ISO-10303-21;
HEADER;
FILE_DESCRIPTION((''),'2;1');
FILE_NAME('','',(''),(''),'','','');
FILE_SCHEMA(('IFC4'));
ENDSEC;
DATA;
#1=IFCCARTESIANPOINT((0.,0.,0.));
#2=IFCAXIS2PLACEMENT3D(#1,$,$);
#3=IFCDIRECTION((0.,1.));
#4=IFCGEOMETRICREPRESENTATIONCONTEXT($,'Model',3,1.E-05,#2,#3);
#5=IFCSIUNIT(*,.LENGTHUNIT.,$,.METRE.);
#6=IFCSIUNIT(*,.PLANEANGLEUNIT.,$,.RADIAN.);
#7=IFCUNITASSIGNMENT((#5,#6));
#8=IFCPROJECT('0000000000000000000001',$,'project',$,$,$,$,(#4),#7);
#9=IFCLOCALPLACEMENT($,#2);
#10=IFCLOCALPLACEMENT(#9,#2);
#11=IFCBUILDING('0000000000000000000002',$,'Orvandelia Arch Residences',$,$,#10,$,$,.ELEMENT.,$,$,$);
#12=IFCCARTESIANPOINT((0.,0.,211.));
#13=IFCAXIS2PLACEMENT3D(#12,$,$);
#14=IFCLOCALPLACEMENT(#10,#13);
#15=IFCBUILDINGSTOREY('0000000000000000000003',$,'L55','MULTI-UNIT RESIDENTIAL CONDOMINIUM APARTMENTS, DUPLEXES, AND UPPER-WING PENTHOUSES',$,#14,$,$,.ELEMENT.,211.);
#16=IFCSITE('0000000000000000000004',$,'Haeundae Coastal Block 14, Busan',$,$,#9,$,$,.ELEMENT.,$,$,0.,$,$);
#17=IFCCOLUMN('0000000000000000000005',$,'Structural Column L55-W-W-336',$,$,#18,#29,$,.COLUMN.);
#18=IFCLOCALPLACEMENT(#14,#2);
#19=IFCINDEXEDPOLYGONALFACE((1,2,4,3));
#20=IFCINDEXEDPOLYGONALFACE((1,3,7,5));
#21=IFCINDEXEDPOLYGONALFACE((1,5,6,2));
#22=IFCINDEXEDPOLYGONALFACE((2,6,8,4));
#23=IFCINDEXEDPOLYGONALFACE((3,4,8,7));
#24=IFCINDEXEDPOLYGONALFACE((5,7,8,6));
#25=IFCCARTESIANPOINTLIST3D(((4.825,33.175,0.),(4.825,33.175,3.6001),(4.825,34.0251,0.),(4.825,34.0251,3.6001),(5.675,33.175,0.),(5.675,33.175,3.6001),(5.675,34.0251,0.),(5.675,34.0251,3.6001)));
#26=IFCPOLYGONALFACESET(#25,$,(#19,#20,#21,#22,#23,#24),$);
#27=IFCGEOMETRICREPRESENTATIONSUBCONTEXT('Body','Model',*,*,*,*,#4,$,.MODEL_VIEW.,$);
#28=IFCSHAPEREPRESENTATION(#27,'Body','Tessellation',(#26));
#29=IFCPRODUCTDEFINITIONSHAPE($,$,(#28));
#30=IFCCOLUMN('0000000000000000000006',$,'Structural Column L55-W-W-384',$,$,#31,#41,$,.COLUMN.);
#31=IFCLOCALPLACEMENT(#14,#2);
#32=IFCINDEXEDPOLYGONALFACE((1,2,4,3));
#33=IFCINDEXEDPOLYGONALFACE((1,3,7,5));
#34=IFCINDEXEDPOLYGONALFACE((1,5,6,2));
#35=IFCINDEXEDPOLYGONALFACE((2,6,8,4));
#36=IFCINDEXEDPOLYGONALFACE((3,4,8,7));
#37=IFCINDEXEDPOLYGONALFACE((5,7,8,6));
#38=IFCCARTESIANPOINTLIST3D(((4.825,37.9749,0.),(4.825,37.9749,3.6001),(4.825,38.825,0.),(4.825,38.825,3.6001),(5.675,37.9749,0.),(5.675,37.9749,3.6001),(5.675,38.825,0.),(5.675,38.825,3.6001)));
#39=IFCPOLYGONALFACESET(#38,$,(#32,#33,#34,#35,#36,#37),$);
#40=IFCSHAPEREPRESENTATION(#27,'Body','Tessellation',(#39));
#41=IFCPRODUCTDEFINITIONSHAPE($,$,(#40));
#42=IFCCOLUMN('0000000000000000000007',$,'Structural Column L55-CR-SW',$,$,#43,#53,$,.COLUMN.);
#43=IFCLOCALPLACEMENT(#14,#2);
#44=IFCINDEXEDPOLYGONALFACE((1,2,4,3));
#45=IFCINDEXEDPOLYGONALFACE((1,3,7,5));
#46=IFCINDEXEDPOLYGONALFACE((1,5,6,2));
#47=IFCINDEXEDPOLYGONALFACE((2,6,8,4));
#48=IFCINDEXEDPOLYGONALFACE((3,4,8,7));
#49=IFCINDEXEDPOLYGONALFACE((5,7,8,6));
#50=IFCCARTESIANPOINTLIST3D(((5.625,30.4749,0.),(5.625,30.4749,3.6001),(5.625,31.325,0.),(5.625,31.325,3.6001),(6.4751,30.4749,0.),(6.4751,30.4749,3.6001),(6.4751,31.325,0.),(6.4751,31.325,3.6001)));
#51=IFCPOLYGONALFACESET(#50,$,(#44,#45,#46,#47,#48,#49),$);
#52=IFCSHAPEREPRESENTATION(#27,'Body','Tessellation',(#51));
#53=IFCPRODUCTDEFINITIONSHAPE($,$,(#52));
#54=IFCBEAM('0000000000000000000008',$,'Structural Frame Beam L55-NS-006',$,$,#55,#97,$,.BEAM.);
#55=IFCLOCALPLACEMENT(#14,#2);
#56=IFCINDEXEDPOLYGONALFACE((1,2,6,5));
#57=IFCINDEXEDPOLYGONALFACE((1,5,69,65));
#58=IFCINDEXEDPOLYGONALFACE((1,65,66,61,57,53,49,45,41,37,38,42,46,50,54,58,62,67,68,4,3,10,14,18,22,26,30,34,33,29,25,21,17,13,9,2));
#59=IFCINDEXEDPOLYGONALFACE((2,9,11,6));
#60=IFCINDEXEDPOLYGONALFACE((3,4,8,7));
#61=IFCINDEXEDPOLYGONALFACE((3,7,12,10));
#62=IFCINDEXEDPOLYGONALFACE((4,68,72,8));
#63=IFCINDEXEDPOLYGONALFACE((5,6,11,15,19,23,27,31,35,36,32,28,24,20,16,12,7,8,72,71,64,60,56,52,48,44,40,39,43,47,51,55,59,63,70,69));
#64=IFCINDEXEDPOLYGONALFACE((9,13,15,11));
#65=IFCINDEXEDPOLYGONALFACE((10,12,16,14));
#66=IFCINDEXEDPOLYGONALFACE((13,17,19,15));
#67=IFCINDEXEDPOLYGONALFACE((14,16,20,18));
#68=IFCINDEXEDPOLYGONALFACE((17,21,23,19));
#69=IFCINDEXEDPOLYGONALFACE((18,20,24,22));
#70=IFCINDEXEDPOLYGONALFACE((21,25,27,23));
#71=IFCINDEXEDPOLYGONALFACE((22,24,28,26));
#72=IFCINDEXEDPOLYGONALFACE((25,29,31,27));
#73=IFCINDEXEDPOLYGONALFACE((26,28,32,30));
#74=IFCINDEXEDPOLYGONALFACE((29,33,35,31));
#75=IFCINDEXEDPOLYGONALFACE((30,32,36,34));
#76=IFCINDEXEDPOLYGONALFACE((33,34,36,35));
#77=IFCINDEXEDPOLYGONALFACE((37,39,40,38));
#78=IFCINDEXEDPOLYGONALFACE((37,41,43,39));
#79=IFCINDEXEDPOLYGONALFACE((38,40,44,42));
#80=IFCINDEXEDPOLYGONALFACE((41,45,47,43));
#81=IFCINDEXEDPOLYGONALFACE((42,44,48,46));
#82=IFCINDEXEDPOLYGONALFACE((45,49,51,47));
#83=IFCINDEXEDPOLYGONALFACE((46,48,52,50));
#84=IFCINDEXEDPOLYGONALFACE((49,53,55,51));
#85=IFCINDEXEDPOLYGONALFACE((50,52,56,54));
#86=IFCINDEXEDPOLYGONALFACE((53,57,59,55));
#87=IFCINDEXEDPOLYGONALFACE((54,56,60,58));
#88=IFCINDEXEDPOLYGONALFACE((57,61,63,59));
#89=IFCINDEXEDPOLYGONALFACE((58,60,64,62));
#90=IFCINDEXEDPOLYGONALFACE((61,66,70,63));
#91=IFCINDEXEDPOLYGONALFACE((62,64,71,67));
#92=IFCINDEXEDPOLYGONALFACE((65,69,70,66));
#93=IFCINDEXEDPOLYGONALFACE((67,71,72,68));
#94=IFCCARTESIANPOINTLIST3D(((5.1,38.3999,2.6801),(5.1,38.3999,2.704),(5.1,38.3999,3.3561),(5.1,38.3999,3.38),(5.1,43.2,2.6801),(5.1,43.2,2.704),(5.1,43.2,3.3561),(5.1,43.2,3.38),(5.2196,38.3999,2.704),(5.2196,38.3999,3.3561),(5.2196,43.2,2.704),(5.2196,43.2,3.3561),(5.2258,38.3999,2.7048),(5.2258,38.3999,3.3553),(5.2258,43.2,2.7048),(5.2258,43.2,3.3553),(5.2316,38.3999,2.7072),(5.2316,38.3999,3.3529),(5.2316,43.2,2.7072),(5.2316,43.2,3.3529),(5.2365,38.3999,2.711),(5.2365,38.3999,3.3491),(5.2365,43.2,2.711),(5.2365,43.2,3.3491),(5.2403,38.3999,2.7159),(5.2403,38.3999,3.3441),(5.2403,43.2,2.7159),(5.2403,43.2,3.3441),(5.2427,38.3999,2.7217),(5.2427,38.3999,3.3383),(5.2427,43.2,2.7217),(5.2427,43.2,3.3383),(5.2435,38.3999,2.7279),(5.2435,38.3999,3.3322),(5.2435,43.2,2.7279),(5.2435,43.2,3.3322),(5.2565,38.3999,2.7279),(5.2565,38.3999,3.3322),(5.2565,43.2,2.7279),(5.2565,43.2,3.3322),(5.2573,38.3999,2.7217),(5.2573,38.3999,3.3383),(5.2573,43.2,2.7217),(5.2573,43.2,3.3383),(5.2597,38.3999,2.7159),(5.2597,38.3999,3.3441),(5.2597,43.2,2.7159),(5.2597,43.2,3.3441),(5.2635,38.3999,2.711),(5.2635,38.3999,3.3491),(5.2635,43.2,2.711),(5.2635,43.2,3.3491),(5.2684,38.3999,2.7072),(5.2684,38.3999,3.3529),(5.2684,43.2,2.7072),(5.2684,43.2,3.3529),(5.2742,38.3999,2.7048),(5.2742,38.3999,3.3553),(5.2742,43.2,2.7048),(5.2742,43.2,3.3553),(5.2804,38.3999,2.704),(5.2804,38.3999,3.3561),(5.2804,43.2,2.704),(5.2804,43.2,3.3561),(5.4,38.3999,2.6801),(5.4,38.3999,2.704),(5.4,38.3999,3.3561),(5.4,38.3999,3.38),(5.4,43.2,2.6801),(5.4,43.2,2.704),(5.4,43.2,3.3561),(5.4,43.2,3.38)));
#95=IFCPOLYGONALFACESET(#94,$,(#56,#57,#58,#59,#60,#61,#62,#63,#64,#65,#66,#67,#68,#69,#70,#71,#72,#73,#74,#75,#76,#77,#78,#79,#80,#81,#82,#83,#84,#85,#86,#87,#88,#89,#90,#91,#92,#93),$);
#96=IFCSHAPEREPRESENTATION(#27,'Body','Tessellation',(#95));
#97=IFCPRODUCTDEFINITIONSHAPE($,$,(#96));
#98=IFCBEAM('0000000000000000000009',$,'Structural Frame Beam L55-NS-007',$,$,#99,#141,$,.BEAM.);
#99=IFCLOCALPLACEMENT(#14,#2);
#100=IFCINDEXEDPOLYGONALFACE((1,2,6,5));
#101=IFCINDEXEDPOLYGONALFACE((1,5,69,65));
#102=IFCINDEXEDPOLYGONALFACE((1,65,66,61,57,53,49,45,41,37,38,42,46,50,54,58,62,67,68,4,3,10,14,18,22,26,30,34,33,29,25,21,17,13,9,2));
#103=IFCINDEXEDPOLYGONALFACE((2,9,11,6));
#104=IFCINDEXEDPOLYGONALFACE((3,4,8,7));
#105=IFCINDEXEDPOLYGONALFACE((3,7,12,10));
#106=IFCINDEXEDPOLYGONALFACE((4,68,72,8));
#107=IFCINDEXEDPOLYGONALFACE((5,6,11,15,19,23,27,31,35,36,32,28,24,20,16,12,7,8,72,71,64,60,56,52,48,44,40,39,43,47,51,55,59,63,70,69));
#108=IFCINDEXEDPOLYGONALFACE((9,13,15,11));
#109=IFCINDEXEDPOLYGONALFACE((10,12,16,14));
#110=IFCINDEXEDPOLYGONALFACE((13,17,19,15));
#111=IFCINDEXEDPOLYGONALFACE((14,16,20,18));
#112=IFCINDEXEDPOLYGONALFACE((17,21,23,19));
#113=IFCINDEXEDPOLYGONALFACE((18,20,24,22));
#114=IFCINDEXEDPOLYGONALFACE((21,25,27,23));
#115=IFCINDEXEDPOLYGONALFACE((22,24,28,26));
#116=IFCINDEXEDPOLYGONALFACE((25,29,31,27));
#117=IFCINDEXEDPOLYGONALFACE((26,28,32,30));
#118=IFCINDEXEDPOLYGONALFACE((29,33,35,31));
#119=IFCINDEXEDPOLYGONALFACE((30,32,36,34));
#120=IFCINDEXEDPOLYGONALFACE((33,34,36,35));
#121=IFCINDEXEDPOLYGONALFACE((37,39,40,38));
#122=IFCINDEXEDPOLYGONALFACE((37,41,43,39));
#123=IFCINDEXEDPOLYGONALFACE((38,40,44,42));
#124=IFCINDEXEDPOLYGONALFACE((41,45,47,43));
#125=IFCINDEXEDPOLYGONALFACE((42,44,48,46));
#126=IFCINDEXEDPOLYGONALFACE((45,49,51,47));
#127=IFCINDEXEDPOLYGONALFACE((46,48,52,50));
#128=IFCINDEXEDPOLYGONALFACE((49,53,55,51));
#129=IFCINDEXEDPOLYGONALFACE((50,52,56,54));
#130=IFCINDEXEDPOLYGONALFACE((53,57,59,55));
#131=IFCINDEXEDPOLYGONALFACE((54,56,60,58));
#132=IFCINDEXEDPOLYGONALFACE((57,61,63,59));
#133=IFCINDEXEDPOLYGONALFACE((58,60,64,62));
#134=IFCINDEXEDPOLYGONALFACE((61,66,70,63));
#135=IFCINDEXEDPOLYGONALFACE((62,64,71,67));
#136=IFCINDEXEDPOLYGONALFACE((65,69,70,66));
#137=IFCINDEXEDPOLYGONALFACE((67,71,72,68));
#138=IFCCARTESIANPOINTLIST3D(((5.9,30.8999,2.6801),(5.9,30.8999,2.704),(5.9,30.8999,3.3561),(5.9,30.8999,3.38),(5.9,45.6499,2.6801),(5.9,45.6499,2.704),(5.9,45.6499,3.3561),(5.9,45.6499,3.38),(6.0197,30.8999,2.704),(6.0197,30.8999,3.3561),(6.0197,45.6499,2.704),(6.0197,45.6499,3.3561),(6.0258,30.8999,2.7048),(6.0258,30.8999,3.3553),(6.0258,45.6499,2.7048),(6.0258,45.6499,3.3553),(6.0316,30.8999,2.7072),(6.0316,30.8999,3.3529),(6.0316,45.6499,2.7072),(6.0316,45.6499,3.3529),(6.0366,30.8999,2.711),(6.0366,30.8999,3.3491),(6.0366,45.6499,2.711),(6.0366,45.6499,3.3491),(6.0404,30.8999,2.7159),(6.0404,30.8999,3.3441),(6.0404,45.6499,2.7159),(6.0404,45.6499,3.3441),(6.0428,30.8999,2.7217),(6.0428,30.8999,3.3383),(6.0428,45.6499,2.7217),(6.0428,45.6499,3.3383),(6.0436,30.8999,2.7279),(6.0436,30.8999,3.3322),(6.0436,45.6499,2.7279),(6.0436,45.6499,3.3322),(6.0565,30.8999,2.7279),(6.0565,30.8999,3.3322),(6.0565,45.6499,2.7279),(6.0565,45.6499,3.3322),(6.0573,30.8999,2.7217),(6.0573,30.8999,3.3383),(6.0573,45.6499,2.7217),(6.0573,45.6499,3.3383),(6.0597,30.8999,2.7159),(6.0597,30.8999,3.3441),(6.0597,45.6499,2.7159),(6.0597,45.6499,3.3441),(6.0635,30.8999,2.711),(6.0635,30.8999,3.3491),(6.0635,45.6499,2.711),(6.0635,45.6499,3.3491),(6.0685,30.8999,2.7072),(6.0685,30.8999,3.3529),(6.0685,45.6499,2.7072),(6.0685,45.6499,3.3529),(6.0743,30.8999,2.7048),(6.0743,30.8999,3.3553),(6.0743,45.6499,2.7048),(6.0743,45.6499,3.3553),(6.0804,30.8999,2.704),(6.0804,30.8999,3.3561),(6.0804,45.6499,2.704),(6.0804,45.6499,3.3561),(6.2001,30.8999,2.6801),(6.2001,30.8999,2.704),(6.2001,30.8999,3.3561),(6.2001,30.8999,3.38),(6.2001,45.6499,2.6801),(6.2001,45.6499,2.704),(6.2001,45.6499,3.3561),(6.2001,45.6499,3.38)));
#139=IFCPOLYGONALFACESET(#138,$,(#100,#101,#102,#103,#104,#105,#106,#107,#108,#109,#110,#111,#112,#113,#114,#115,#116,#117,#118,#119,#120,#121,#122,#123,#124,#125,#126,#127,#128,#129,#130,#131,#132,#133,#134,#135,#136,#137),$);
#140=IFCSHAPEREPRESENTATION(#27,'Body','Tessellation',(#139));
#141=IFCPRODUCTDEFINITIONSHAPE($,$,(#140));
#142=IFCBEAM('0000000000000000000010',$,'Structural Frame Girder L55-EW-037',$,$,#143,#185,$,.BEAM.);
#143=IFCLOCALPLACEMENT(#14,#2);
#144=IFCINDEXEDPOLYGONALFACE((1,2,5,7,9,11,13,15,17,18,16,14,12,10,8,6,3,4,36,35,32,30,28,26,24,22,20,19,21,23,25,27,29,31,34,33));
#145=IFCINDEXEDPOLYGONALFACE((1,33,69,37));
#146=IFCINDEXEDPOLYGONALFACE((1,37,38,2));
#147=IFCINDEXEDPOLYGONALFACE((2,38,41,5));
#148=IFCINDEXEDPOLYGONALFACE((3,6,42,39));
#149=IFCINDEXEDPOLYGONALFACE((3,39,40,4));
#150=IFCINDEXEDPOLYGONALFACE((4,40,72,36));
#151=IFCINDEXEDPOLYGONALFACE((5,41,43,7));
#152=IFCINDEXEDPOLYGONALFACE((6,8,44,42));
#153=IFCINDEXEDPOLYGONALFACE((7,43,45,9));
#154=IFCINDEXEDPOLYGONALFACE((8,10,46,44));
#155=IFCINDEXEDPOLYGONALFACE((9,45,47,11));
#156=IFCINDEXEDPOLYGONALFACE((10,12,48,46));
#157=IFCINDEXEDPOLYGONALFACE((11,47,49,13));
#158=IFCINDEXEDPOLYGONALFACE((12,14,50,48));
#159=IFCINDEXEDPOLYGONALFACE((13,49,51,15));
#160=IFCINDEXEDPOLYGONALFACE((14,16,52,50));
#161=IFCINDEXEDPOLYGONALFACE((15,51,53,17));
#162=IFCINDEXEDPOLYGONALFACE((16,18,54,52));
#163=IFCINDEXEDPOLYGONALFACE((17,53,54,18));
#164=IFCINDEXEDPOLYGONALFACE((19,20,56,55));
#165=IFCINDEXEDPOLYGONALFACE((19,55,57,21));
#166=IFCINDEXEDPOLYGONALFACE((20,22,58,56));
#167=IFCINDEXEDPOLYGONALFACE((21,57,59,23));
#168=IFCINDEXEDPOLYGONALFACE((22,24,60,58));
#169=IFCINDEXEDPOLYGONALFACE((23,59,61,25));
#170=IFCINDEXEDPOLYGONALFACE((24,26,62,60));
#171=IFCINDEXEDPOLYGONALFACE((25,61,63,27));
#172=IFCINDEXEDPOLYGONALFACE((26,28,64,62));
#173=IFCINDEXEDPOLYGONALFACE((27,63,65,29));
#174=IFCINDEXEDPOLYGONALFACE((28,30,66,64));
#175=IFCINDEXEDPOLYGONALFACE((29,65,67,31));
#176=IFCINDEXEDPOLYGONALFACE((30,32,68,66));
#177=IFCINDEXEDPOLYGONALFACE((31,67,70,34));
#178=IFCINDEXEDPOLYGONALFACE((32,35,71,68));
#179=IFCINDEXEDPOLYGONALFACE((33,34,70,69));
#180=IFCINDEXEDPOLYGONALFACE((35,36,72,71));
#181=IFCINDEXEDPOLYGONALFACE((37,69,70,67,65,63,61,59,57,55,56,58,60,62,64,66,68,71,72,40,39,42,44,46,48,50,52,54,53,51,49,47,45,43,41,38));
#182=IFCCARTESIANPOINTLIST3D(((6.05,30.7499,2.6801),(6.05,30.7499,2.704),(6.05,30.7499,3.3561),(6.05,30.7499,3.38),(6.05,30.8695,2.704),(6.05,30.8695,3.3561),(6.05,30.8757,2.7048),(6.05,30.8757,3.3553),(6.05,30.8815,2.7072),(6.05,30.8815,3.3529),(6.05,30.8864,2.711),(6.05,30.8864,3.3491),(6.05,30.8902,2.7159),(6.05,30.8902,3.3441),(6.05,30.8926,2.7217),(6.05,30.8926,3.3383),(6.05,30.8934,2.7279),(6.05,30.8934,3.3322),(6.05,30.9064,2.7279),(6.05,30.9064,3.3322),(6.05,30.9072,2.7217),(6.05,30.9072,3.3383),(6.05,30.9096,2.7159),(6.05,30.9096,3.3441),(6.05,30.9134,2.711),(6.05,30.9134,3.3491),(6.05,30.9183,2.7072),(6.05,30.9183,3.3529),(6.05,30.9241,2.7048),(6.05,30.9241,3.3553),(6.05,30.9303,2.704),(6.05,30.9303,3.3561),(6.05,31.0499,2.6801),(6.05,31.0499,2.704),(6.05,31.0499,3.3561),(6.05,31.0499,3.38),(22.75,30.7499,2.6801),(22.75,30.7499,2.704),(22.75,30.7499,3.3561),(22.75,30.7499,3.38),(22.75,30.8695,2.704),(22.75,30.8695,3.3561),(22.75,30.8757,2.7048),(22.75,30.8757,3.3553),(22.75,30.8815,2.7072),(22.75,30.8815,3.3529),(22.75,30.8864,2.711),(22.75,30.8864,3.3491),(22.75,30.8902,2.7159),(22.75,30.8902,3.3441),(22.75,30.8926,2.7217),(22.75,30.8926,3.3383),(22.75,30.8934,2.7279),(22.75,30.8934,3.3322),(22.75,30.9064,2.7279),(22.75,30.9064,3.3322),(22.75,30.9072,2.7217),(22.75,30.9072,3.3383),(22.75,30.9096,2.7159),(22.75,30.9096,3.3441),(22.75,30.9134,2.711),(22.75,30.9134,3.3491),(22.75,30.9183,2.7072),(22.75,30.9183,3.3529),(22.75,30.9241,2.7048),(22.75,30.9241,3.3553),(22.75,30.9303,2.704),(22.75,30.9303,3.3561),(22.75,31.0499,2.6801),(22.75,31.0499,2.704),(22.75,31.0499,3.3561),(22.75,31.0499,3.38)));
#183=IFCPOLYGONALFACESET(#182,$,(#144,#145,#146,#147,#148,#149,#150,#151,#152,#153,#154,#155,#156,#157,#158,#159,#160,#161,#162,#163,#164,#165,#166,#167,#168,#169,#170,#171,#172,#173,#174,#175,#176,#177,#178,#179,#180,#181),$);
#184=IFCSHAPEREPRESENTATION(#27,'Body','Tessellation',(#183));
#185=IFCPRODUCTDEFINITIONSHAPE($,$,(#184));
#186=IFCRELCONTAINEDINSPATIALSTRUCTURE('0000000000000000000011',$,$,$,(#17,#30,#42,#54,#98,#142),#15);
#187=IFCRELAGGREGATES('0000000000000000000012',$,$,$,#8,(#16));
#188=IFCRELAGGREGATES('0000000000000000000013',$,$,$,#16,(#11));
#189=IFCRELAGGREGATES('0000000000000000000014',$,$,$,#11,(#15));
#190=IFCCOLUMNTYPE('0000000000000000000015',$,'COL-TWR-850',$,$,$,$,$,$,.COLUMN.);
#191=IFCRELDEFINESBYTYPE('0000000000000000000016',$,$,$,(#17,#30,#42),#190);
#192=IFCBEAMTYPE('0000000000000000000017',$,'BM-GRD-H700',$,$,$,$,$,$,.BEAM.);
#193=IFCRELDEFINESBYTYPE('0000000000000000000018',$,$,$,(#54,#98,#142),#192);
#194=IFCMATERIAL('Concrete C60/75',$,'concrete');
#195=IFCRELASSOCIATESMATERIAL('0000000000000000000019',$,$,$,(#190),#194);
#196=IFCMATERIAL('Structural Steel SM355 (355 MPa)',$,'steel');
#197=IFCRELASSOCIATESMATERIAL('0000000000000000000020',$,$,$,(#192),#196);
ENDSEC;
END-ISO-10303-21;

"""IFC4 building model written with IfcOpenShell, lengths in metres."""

from ifc_helpers import new_model, si_unit, direction, frame, origin, origin_2d, place, context, subcontext, project, spatial, rectangle, i_section, extrude, material, material_profile, profile_set, type_object, element, save


model = new_model("IFC4")

# Units and contexts
model_context = context("Model", 3, precision=1e-05, world=origin(), true_north=direction((0.0, 1.0)))
body_context = subcontext(model_context, "Body", "Model", "MODEL_VIEW")
ifc_project = project(units=[si_unit("LENGTHUNIT", "METRE"), si_unit("PLANEANGLEUNIT", "RADIAN")], contexts=[model_context])

# Site, building, storey
site_placement = place(None, origin())
site = spatial("IfcSite", under=ifc_project, at=site_placement, Name="Haeundae Coastal Block 14, Busan", CompositionType="ELEMENT", RefElevation=0.0)
building_placement = place(site_placement, origin())
building = spatial("IfcBuilding", under=site, at=building_placement, Name="Orvandelia Arch Residences", CompositionType="ELEMENT")
storey_placement = place(building_placement, frame((0.0, 0.0, 211.0)))
storey = spatial("IfcBuildingStorey", under=building, at=storey_placement, Name="L55", Description="MULTI-UNIT RESIDENTIAL CONDOMINIUM APARTMENTS, DUPLEXES, AND UPPER-WING PENTHOUSES", CompositionType="ELEMENT", Elevation=211.0)

# Columns
ifc_material_1 = material(Name="Concrete C60/75", Category="concrete")
ifc_material_profile_1 = material_profile(ifc_material_1, rectangle(XDim=0.8501, YDim=0.8501, at=origin_2d()), Name="Concrete C60/75", Category="concrete")
ifc_profile_set_1 = profile_set([ifc_material_profile_1], Name="Concrete C60/75")
column_type = type_object("IfcColumnType", Name="COL-TWR-850", PredefinedType="COLUMN", material=ifc_profile_set_1)
for number, where, z_axis, x_axis, name in (
    (1, (5.25, 33.6001, 0.0), (0.0, 0.0, 1.0), (1.0, 0.0, 0.0), "Structural Column L55-W-W-336"),
    (2, (5.25, 38.3999, 0.0), (0.0, 0.0, 1.0), (1.0, 0.0, 0.0), "Structural Column L55-W-W-384"),
    (3, (6.05, 30.8999, 0.0), (0.0, 0.0, 1.0), (1.0, 0.0, 0.0), "Structural Column L55-CR-SW"),
):
    element("IfcColumn", number, at=place(storey_placement, frame(where, z_axis=z_axis, x_axis=x_axis)), inside=storey, type_object=column_type, Name=name, PredefinedType="COLUMN", context=body_context, shape_type="SweptSolid", body=[
        extrude(rectangle(XDim=0.8501, YDim=0.8501, at=origin_2d()), origin(), (0.0, 0.0, 1.0), 3.6001),
    ])

# Beams
ifc_material_2 = material(Name="Structural Steel SM355 (355 MPa)", Category="steel")
ifc_material_profile_2 = material_profile(ifc_material_2, i_section(OverallWidth=0.3, OverallDepth=0.7, WebThickness=0.0129, FlangeThickness=0.0239, FilletRadius=0.0239, at=origin_2d()), Name="Structural Steel SM355 (355 MPa)", Category="steel")
ifc_profile_set_2 = profile_set([ifc_material_profile_2], Name="Structural Steel SM355 (355 MPa)")
beam_type_1 = type_object("IfcBeamType", Name="BM-GRD-H700", PredefinedType="BEAM", material=ifc_profile_set_2)
beam_1_placement = place(storey_placement, frame((5.25, 38.3999, 3.03), z_axis=(0.0, 1.0, 0.0), x_axis=(-1.0, 0.0, 0.0)))
element("IfcBeam", 4, at=beam_1_placement, inside=storey, type_object=beam_type_1, Name="Structural Frame Beam L55-NS-006", PredefinedType="BEAM", context=body_context, shape_type="SweptSolid", body=[
    extrude(i_section(OverallWidth=0.3, OverallDepth=0.7, WebThickness=0.0129, FlangeThickness=0.0239, FilletRadius=0.0239, at=origin_2d()), origin(), (0.0, 0.0, 1.0), 4.8),
])
beam_2_placement = place(storey_placement, frame((6.05, 30.8999, 3.03), z_axis=(0.0, 1.0, 0.0), x_axis=(-1.0, 0.0, 0.0)))
element("IfcBeam", 5, at=beam_2_placement, inside=storey, type_object=beam_type_1, Name="Structural Frame Beam L55-NS-007", PredefinedType="BEAM", context=body_context, shape_type="SweptSolid", body=[
    extrude(i_section(OverallWidth=0.3, OverallDepth=0.7, WebThickness=0.0129, FlangeThickness=0.0239, FilletRadius=0.0239, at=origin_2d()), origin(), (0.0, 0.0, 1.0), 14.75),
])
beam_3_placement = place(storey_placement, frame((6.05, 30.8999, 3.03), z_axis=(1.0, 0.0, 0.0), x_axis=(0.0, 1.0, 0.0)))
element("IfcBeam", 6, at=beam_3_placement, inside=storey, type_object=beam_type_1, Name="Structural Frame Girder L55-EW-037", PredefinedType="BEAM", context=body_context, shape_type="SweptSolid", body=[
    extrude(i_section(OverallWidth=0.3, OverallDepth=0.7, WebThickness=0.0129, FlangeThickness=0.0239, FilletRadius=0.0239, at=origin_2d()), origin(), (0.0, 0.0, 1.0), 16.7),
])

save(model, "model.ifc")
